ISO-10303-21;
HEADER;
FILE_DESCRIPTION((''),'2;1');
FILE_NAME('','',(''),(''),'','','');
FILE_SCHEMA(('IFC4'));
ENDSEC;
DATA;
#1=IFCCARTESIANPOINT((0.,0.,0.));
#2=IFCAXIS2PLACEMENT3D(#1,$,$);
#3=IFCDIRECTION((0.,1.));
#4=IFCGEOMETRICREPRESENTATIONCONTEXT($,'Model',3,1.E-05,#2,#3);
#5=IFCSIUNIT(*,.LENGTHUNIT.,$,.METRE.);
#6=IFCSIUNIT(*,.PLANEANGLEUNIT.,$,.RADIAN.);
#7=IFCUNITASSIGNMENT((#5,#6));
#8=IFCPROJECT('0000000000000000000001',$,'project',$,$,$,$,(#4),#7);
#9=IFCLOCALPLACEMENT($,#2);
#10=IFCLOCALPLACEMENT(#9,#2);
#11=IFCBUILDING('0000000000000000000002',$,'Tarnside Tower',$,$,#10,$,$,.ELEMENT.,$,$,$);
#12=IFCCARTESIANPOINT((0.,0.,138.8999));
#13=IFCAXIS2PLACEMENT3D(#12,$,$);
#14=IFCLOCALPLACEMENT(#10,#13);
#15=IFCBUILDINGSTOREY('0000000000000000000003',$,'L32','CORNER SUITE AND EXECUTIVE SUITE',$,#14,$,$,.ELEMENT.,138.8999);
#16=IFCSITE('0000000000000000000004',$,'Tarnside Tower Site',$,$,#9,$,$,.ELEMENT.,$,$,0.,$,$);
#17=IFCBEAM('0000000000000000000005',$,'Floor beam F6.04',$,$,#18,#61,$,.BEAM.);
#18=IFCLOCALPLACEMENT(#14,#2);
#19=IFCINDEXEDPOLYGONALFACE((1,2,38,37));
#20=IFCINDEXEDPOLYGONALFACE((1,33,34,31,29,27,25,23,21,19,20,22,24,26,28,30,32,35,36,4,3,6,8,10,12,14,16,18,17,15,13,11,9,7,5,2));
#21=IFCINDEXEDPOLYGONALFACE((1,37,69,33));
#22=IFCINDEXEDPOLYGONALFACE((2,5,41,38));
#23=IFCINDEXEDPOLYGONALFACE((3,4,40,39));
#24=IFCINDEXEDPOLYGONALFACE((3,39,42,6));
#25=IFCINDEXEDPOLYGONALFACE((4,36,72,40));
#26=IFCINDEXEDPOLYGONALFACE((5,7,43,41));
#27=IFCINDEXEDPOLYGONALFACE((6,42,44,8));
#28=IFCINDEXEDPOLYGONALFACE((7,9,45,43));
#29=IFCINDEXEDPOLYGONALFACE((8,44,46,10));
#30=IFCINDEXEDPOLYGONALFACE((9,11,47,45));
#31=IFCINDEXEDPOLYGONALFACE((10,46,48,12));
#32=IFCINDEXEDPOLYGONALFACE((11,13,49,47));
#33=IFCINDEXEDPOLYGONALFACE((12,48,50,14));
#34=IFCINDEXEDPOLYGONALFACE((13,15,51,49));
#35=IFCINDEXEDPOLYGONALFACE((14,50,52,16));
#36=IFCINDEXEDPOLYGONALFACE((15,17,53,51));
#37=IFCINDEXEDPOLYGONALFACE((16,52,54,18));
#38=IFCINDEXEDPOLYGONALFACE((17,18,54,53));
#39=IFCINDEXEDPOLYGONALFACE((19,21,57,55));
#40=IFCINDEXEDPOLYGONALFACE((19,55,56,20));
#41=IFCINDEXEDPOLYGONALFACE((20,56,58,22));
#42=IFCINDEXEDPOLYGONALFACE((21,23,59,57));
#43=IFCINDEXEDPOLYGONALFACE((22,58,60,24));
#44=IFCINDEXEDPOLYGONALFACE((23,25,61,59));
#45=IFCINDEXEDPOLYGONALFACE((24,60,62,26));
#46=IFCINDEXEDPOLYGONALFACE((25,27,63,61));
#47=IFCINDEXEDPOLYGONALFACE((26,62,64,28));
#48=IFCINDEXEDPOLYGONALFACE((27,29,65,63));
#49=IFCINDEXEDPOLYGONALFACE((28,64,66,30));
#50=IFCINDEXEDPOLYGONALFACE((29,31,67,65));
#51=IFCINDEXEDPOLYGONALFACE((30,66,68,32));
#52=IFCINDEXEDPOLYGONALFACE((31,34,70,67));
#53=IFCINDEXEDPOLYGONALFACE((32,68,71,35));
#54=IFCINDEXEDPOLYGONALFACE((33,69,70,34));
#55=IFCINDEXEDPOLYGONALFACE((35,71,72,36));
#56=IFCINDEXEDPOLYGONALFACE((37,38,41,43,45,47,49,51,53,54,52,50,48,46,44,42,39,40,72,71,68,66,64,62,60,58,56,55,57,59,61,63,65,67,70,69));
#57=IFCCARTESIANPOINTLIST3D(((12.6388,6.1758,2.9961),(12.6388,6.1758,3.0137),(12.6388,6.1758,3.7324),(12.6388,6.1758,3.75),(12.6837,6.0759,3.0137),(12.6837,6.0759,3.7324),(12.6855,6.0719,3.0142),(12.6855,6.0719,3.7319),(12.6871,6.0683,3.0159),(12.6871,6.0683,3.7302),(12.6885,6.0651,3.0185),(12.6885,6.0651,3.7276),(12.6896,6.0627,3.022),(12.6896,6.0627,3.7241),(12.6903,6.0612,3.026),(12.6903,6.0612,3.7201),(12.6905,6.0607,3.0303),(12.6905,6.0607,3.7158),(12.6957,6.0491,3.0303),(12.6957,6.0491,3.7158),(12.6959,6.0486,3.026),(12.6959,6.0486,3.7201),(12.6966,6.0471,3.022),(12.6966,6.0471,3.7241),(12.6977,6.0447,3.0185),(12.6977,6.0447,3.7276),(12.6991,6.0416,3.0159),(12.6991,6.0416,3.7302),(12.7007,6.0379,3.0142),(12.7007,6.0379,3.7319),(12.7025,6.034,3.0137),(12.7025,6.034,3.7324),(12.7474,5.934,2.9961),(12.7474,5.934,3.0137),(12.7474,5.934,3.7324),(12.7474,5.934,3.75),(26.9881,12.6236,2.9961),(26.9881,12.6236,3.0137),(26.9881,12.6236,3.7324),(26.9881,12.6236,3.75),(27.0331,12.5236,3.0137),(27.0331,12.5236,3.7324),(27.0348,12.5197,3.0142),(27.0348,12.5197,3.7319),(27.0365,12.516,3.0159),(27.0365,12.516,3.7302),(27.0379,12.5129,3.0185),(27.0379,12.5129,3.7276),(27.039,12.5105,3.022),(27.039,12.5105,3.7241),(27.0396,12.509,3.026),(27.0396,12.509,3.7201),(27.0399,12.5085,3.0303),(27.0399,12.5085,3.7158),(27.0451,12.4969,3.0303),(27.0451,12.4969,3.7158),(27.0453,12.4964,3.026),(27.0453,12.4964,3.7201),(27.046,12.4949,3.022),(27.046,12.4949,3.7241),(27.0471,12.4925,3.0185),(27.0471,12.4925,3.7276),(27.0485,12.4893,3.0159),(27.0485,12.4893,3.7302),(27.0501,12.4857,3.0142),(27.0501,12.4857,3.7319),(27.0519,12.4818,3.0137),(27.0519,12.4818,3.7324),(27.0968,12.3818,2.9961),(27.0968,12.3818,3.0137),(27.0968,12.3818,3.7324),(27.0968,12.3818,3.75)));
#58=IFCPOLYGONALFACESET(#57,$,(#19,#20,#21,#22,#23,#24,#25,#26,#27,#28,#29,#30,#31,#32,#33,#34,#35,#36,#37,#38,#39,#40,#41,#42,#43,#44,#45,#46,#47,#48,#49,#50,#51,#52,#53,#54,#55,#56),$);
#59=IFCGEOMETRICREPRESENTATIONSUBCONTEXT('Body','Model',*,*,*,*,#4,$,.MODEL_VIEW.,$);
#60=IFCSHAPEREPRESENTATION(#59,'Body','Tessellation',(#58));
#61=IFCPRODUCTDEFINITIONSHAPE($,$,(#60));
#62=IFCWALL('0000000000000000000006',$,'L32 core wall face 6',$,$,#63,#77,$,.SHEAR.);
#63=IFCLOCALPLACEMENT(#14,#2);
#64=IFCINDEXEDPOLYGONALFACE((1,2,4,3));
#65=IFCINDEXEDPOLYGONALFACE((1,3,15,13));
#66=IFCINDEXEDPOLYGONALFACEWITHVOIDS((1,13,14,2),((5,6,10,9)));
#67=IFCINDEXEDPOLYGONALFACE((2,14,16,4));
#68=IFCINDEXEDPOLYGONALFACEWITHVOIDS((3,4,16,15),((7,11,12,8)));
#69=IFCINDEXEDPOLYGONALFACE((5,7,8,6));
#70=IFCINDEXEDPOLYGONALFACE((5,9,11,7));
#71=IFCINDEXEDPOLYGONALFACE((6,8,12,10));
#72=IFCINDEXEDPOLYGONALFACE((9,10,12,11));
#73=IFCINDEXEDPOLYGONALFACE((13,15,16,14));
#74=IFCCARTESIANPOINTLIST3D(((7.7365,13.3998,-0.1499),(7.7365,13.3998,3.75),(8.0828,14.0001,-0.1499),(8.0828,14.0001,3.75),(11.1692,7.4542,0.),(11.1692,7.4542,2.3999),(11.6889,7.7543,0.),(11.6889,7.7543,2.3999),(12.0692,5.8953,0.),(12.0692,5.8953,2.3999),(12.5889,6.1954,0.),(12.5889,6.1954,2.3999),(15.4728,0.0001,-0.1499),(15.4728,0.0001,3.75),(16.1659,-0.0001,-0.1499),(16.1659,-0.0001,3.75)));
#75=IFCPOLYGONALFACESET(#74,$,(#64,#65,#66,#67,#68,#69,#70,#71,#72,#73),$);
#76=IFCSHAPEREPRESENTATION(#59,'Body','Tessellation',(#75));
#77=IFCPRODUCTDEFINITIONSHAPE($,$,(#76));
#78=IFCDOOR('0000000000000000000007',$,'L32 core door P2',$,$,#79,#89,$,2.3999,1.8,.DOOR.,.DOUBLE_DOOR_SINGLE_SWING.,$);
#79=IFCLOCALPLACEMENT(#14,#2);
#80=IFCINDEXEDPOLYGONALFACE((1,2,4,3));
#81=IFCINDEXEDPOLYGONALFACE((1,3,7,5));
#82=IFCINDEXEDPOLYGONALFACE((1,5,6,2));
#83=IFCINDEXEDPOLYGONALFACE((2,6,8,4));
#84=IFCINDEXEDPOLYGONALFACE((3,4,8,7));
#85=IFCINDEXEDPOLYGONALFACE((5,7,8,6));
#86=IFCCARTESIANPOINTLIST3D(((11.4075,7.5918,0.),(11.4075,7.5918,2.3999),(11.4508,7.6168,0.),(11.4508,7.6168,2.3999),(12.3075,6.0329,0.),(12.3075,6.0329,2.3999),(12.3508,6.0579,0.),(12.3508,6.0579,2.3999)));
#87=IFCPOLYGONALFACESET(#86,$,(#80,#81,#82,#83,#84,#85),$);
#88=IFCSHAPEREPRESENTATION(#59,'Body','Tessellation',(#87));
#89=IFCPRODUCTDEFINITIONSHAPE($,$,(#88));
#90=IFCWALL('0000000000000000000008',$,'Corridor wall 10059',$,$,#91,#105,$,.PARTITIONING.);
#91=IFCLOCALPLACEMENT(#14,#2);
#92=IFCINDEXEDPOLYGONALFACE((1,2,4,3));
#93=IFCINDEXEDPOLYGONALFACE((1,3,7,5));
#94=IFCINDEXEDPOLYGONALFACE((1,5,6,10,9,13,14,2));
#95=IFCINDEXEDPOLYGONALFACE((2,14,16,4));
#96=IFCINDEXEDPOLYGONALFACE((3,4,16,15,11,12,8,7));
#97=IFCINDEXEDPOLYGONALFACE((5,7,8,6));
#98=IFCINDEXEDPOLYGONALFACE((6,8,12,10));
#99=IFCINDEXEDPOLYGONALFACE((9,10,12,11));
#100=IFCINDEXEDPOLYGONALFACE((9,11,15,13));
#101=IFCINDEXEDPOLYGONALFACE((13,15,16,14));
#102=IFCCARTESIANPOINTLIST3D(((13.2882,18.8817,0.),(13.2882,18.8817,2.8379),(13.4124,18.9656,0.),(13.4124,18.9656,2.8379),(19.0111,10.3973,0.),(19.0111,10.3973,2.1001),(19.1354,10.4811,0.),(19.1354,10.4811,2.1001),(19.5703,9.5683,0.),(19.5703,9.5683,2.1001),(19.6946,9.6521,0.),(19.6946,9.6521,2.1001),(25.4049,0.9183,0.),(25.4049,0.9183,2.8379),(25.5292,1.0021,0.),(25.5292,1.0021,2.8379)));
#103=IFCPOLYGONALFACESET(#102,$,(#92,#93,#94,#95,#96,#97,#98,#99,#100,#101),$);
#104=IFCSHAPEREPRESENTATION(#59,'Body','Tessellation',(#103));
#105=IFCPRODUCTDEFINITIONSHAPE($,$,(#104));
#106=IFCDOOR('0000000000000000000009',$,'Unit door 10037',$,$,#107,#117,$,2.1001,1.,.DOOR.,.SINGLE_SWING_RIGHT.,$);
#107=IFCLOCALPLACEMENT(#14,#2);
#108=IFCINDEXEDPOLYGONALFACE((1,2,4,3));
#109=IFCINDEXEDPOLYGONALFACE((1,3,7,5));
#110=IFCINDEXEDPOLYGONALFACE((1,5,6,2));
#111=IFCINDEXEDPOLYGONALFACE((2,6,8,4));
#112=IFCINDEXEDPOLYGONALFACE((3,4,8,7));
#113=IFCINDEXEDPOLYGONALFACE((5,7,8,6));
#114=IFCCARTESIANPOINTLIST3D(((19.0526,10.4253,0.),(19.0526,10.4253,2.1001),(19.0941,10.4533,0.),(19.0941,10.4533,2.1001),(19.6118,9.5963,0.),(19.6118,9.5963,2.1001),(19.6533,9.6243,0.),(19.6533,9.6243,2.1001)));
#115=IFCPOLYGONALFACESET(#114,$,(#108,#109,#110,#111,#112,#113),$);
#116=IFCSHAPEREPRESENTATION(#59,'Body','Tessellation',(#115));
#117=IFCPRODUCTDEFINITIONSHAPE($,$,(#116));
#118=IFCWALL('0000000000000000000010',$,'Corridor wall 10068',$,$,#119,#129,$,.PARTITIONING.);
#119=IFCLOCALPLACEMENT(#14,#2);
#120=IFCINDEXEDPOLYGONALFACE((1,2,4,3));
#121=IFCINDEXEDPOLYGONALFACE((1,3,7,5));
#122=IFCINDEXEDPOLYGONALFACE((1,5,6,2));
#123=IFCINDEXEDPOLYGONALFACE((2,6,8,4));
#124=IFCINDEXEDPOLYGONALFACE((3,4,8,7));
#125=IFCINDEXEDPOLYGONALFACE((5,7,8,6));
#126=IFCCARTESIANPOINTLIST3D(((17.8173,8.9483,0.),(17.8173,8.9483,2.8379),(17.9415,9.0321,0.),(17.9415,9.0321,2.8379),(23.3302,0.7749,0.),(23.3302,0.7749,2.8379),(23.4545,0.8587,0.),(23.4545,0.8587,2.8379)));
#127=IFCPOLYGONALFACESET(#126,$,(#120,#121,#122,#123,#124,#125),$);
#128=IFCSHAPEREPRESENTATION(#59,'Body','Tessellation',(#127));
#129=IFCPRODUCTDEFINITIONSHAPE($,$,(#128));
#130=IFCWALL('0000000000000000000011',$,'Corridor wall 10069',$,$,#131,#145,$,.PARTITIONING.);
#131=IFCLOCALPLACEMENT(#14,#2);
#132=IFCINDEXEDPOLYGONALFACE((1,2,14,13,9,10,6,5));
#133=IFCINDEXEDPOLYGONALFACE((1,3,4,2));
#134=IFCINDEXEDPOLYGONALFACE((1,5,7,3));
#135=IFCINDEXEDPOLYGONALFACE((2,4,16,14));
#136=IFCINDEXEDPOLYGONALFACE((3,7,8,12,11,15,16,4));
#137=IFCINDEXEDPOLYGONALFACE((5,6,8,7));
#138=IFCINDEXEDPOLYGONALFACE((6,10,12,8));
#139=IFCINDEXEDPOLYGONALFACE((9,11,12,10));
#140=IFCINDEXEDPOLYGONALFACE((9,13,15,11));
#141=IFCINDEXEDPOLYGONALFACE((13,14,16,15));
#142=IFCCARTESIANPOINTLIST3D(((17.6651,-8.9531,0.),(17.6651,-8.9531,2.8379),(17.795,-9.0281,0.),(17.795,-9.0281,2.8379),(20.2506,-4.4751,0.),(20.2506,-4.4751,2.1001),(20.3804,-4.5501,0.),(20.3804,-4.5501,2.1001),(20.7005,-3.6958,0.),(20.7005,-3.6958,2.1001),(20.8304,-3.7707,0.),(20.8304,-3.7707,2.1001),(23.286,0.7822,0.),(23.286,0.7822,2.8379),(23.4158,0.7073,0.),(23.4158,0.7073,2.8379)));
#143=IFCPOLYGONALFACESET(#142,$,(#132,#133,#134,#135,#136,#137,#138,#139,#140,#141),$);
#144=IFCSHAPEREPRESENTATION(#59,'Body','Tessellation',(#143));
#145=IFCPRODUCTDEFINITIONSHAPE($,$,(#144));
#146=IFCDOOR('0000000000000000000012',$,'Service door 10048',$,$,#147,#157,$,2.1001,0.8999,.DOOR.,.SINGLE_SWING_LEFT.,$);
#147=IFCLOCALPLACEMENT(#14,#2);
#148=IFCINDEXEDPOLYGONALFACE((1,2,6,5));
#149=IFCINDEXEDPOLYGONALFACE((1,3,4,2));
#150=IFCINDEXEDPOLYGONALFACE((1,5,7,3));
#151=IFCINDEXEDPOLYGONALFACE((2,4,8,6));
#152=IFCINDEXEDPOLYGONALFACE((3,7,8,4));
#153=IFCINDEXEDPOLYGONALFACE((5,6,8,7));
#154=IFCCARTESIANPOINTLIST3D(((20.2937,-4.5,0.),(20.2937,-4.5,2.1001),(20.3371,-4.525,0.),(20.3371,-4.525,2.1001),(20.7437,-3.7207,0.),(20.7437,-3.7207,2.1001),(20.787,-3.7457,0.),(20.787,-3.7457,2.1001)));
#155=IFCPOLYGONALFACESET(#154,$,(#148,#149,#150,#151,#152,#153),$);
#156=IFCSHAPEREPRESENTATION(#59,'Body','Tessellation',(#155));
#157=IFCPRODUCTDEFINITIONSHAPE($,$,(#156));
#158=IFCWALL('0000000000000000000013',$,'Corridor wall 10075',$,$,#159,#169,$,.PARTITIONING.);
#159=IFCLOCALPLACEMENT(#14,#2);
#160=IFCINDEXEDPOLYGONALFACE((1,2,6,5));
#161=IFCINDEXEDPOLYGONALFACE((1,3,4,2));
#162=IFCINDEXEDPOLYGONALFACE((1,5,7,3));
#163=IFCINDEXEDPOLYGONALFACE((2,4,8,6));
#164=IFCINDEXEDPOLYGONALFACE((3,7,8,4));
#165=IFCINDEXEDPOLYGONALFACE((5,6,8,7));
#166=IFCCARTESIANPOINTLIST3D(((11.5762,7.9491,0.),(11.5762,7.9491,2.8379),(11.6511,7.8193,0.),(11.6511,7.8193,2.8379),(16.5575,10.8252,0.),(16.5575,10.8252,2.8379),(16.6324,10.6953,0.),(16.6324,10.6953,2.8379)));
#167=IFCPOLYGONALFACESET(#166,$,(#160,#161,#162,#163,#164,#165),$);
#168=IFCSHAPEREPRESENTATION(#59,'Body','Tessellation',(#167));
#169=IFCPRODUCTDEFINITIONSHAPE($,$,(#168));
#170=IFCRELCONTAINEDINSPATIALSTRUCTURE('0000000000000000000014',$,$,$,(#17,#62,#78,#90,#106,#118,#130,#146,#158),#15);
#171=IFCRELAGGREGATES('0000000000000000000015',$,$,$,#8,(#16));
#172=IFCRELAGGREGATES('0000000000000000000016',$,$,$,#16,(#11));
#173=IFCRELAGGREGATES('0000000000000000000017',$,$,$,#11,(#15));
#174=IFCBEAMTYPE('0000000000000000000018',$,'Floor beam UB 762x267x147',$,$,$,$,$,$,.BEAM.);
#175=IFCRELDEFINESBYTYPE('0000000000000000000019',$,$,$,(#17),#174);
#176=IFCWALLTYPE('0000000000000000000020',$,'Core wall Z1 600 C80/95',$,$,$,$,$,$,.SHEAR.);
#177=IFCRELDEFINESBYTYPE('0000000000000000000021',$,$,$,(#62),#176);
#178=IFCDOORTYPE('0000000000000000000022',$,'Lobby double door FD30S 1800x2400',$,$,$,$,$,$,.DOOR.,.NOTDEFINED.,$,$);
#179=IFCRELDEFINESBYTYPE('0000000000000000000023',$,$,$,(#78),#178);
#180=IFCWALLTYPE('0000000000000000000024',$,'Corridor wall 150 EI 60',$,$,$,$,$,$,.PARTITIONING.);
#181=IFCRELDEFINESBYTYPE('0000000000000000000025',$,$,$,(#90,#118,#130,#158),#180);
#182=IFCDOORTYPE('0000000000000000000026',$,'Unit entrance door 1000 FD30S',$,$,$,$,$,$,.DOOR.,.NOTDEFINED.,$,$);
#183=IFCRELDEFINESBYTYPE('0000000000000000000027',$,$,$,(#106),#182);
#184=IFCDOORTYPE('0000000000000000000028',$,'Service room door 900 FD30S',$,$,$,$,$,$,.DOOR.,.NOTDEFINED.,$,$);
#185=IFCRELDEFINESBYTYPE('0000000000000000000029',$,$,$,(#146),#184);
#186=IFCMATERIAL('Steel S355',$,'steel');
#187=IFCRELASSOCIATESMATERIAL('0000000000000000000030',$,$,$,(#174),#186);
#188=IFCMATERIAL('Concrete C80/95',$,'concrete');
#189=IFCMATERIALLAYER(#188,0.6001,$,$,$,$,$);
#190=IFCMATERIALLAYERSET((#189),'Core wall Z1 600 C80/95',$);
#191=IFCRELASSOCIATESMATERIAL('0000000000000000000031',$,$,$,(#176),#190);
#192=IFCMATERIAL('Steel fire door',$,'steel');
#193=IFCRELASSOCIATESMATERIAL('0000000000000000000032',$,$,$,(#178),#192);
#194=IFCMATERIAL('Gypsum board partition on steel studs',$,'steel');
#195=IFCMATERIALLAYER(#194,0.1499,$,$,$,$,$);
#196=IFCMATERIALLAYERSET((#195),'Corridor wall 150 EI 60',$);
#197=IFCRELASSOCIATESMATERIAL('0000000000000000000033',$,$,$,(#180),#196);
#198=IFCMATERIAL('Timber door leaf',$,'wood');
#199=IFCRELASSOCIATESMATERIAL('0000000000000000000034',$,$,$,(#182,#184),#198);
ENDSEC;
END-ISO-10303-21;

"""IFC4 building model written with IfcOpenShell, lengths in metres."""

from ifc_helpers import new_model, si_unit, direction, frame, frame_2d, origin, origin_2d, place, context, subcontext, project, spatial, polyline, rectangle, i_section, outline, extrude, material, layer, layer_set, material_profile, profile_set, type_object, element, fill, save


model = new_model("IFC4")

# Units and contexts
model_context = context("Model", 3, precision=1e-05, world=origin(), true_north=direction((0.0, 1.0)))
body_context = subcontext(model_context, "Body", "Model", "MODEL_VIEW")
ifc_project = project(units=[si_unit("LENGTHUNIT", "METRE"), si_unit("PLANEANGLEUNIT", "RADIAN")], contexts=[model_context])

# Site, building, storey
site_placement = place(None, origin())
site = spatial("IfcSite", under=ifc_project, at=site_placement, Name="Tarnside Tower Site", CompositionType="ELEMENT", RefElevation=0.0)
building_placement = place(site_placement, origin())
building = spatial("IfcBuilding", under=site, at=building_placement, Name="Tarnside Tower", CompositionType="ELEMENT")
storey_placement = place(building_placement, frame((0.0, 0.0, 138.8999)))
storey = spatial("IfcBuildingStorey", under=building, at=storey_placement, Name="L32", Description="CORNER SUITE AND EXECUTIVE SUITE", CompositionType="ELEMENT", Elevation=138.8999)

# Beam
ifc_material_1 = material(Name="Steel S355", Category="steel")
ifc_material_profile = material_profile(ifc_material_1, i_section(OverallWidth=0.2651, OverallDepth=0.7539, WebThickness=0.0127, FlangeThickness=0.0176, FilletRadius=0.0166, at=origin_2d()), Name="UB 762x267x147")
ifc_profile_set = profile_set([ifc_material_profile], Name="Steel S355")
beam_type = type_object("IfcBeamType", Name="Floor beam UB 762x267x147", PredefinedType="BEAM", material=ifc_profile_set)
beam_placement = place(storey_placement, frame((27.0425, 12.5027, 3.373), z_axis=(-0.912146, -0.409865, 0.0), x_axis=(0.409865, -0.912146, 0.0)))
element("IfcBeam", 1, at=beam_placement, inside=storey, type_object=beam_type, Name="Floor beam F6.04", PredefinedType="BEAM", context=body_context, shape_type="SweptSolid", body=[
    extrude(i_section(OverallWidth=0.2651, OverallDepth=0.7539, WebThickness=0.0127, FlangeThickness=0.0176, FilletRadius=0.0166, at=origin_2d()), origin(), (0.0, 0.0, 1.0), 15.7314),
])

# Walls, openings, doors
ifc_material_2 = material(Name="Concrete C80/95", Category="concrete")
ifc_layer_1 = layer(ifc_material_2, 0.6001)
ifc_layer_set_1 = layer_set([ifc_layer_1], Name="Core wall Z1 600 C80/95")
wall_type_1 = type_object("IfcWallType", Name="Core wall Z1 600 C80/95", PredefinedType="SHEAR", material=ifc_layer_set_1)
wall_1_placement = place(storey_placement, frame((15.8193, 0.0, -0.1499), z_axis=(0.0, 0.0, 1.0), x_axis=(-0.5, 0.866025, 0.0)))
wall_1 = element("IfcWall", 2, at=wall_1_placement, inside=storey, type_object=wall_type_1, Name="L32 core wall face 6", PredefinedType="SHEAR", context=body_context, shape_type="SweptSolid", body=[
    extrude(outline(polyline([(-0.1733, -0.3), (15.9927, -0.3), (15.646, 0.3), (0.1733, 0.3), (-0.1733, -0.3)])), origin(), (0.0, 0.0, 1.0), 3.8999),
])
opening_1_placement = place(wall_1_placement, frame((6.9807, 0.0, 0.1499)))
opening_1 = element("IfcOpeningElement", 3, at=opening_1_placement, cuts=wall_1, PredefinedType="OPENING", context=body_context, shape_type="SweptSolid", body=[
    extrude(rectangle(XDim=1.8, YDim=2.3999, at=frame_2d((0.8999, 1.2))), frame((0.0, 0.3101, 0.0), z_axis=(0.0, -1.0, 0.0), x_axis=(1.0, 0.0, 0.0)), (0.0, 0.0, 1.0), 0.6201),
])
ifc_material_3 = material(Name="Steel fire door", Category="steel")
door_type_1 = type_object("IfcDoorType", Name="Lobby double door FD30S 1800x2400", OperationType="NOTDEFINED", PredefinedType="DOOR", material=ifc_material_3)
door_1_placement = place(opening_1_placement, origin())
door_1 = element("IfcDoor", 4, at=door_1_placement, inside=storey, type_object=door_type_1, Name="L32 core door P2", OperationType="DOUBLE_DOOR_SINGLE_SWING", OverallHeight=2.3999, OverallWidth=1.8, PredefinedType="DOOR", context=body_context, shape_type="SweptSolid", body=[
    extrude(rectangle(XDim=1.8, YDim=2.3999, at=frame_2d((0.8999, 1.2))), frame((0.0, 0.0249, 0.0), z_axis=(0.0, -1.0, 0.0), x_axis=(1.0, 0.0, 0.0)), (0.0, 0.0, 1.0), 0.05),
])
fill(opening_1, door_1)
ifc_material_4 = material(Name="Gypsum board partition on steel studs", Category="steel")
ifc_layer_2 = layer(ifc_material_4, 0.1499)
ifc_layer_set_2 = layer_set([ifc_layer_2], Name="Corridor wall 150 EI 60")
wall_type_2 = type_object("IfcWallType", Name="Corridor wall 150 EI 60", PredefinedType="PARTITIONING", material=ifc_layer_set_2)
wall_2_placement = place(storey_placement, frame((25.467, 0.9602, 0.0), z_axis=(0.0, 0.0, 1.0), x_axis=(-0.559201, 0.829032, 0.0)))
wall_2 = element("IfcWall", 5, at=wall_2_placement, inside=storey, type_object=wall_type_2, Name="Corridor wall 10059", PredefinedType="PARTITIONING", context=body_context, shape_type="SweptSolid", body=[
    extrude(rectangle(XDim=21.668, YDim=0.1499, at=frame_2d((10.834, 0.0))), origin(), (0.0, 0.0, 1.0), 2.8379),
])
opening_2_placement = place(wall_2_placement, frame((10.4338, 0.0, 0.0)))
opening_2 = element("IfcOpeningElement", 6, at=opening_2_placement, cuts=wall_2, PredefinedType="OPENING", context=body_context, shape_type="SweptSolid", body=[
    extrude(rectangle(XDim=1.0, YDim=2.1001, at=frame_2d((0.5, 1.05))), frame((0.0, 0.085, 0.0), z_axis=(0.0, -1.0, 0.0), x_axis=(1.0, 0.0, 0.0)), (0.0, 0.0, 1.0), 0.1699),
])
ifc_material_5 = material(Name="Timber door leaf", Category="wood")
door_type_2 = type_object("IfcDoorType", Name="Unit entrance door 1000 FD30S", OperationType="NOTDEFINED", PredefinedType="DOOR", material=ifc_material_5)
door_2_placement = place(opening_2_placement, origin())
door_2 = element("IfcDoor", 7, at=door_2_placement, inside=storey, type_object=door_type_2, Name="Unit door 10037", OperationType="SINGLE_SWING_RIGHT", OverallHeight=2.1001, OverallWidth=1.0, PredefinedType="DOOR", context=body_context, shape_type="SweptSolid", body=[
    extrude(rectangle(XDim=1.0, YDim=2.1001, at=frame_2d((0.5, 1.05))), frame((0.0, 0.0249, 0.0), z_axis=(0.0, -1.0, 0.0), x_axis=(1.0, 0.0, 0.0)), (0.0, 0.0, 1.0), 0.05),
])
fill(opening_2, door_2)

# Wall
wall_3_placement = place(storey_placement, frame((17.8794, 8.9902, 0.0), z_axis=(0.0, 0.0, 1.0), x_axis=(0.55919, -0.82904, 0.0)))
element("IfcWall", 8, at=wall_3_placement, inside=storey, type_object=wall_type_2, Name="Corridor wall 10068", PredefinedType="PARTITIONING", context=body_context, shape_type="SweptSolid", body=[
    extrude(rectangle(XDim=9.8589, YDim=0.1499, at=frame_2d((4.9294, 0.0))), origin(), (0.0, 0.0, 1.0), 2.8379),
])

# Wall, opening, door
wall_4_placement = place(storey_placement, frame((23.3508, 0.7446, 0.0), z_axis=(0.0, 0.0, 1.0), x_axis=(-0.500009, -0.86602, 0.0)))
wall_4 = element("IfcWall", 9, at=wall_4_placement, inside=storey, type_object=wall_type_2, Name="Corridor wall 10069", PredefinedType="PARTITIONING", context=body_context, shape_type="SweptSolid", body=[
    extrude(rectangle(XDim=11.2415, YDim=0.1499, at=frame_2d((5.6206, 0.0))), origin(), (0.0, 0.0, 1.0), 2.8379),
])
opening_3_placement = place(wall_4_placement, frame((5.1707, 0.0, 0.0)))
opening_3 = element("IfcOpeningElement", 10, at=opening_3_placement, cuts=wall_4, PredefinedType="OPENING", context=body_context, shape_type="SweptSolid", body=[
    extrude(rectangle(XDim=0.8999, YDim=2.1001, at=frame_2d((0.45, 1.05))), frame((0.0, 0.085, 0.0), z_axis=(0.0, -1.0, 0.0), x_axis=(1.0, 0.0, 0.0)), (0.0, 0.0, 1.0), 0.1699),
])
door_type_3 = type_object("IfcDoorType", Name="Service room door 900 FD30S", OperationType="NOTDEFINED", PredefinedType="DOOR", material=ifc_material_5)
door_3_placement = place(opening_3_placement, origin())
door_3 = element("IfcDoor", 11, at=door_3_placement, inside=storey, type_object=door_type_3, Name="Service door 10048", OperationType="SINGLE_SWING_LEFT", OverallHeight=2.1001, OverallWidth=0.8999, PredefinedType="DOOR", context=body_context, shape_type="SweptSolid", body=[
    extrude(rectangle(XDim=0.8999, YDim=2.1001, at=frame_2d((0.45, 1.05))), frame((0.0, 0.0249, 0.0), z_axis=(0.0, -1.0, 0.0), x_axis=(1.0, 0.0, 0.0)), (0.0, 0.0, 1.0), 0.05),
])
fill(opening_3, door_3)

# Wall
wall_5_placement = place(storey_placement, frame((16.595, 10.7603, 0.0), z_axis=(0.0, 0.0, 1.0), x_axis=(-0.866019, -0.50001, 0.0)))
element("IfcWall", 12, at=wall_5_placement, inside=storey, type_object=wall_type_2, Name="Corridor wall 10075", PredefinedType="PARTITIONING", context=body_context, shape_type="SweptSolid", body=[
    extrude(rectangle(XDim=5.752, YDim=0.1499, at=frame_2d((2.876, 0.0))), origin(), (0.0, 0.0, 1.0), 2.8379),
])

save(model, "model.ifc")
